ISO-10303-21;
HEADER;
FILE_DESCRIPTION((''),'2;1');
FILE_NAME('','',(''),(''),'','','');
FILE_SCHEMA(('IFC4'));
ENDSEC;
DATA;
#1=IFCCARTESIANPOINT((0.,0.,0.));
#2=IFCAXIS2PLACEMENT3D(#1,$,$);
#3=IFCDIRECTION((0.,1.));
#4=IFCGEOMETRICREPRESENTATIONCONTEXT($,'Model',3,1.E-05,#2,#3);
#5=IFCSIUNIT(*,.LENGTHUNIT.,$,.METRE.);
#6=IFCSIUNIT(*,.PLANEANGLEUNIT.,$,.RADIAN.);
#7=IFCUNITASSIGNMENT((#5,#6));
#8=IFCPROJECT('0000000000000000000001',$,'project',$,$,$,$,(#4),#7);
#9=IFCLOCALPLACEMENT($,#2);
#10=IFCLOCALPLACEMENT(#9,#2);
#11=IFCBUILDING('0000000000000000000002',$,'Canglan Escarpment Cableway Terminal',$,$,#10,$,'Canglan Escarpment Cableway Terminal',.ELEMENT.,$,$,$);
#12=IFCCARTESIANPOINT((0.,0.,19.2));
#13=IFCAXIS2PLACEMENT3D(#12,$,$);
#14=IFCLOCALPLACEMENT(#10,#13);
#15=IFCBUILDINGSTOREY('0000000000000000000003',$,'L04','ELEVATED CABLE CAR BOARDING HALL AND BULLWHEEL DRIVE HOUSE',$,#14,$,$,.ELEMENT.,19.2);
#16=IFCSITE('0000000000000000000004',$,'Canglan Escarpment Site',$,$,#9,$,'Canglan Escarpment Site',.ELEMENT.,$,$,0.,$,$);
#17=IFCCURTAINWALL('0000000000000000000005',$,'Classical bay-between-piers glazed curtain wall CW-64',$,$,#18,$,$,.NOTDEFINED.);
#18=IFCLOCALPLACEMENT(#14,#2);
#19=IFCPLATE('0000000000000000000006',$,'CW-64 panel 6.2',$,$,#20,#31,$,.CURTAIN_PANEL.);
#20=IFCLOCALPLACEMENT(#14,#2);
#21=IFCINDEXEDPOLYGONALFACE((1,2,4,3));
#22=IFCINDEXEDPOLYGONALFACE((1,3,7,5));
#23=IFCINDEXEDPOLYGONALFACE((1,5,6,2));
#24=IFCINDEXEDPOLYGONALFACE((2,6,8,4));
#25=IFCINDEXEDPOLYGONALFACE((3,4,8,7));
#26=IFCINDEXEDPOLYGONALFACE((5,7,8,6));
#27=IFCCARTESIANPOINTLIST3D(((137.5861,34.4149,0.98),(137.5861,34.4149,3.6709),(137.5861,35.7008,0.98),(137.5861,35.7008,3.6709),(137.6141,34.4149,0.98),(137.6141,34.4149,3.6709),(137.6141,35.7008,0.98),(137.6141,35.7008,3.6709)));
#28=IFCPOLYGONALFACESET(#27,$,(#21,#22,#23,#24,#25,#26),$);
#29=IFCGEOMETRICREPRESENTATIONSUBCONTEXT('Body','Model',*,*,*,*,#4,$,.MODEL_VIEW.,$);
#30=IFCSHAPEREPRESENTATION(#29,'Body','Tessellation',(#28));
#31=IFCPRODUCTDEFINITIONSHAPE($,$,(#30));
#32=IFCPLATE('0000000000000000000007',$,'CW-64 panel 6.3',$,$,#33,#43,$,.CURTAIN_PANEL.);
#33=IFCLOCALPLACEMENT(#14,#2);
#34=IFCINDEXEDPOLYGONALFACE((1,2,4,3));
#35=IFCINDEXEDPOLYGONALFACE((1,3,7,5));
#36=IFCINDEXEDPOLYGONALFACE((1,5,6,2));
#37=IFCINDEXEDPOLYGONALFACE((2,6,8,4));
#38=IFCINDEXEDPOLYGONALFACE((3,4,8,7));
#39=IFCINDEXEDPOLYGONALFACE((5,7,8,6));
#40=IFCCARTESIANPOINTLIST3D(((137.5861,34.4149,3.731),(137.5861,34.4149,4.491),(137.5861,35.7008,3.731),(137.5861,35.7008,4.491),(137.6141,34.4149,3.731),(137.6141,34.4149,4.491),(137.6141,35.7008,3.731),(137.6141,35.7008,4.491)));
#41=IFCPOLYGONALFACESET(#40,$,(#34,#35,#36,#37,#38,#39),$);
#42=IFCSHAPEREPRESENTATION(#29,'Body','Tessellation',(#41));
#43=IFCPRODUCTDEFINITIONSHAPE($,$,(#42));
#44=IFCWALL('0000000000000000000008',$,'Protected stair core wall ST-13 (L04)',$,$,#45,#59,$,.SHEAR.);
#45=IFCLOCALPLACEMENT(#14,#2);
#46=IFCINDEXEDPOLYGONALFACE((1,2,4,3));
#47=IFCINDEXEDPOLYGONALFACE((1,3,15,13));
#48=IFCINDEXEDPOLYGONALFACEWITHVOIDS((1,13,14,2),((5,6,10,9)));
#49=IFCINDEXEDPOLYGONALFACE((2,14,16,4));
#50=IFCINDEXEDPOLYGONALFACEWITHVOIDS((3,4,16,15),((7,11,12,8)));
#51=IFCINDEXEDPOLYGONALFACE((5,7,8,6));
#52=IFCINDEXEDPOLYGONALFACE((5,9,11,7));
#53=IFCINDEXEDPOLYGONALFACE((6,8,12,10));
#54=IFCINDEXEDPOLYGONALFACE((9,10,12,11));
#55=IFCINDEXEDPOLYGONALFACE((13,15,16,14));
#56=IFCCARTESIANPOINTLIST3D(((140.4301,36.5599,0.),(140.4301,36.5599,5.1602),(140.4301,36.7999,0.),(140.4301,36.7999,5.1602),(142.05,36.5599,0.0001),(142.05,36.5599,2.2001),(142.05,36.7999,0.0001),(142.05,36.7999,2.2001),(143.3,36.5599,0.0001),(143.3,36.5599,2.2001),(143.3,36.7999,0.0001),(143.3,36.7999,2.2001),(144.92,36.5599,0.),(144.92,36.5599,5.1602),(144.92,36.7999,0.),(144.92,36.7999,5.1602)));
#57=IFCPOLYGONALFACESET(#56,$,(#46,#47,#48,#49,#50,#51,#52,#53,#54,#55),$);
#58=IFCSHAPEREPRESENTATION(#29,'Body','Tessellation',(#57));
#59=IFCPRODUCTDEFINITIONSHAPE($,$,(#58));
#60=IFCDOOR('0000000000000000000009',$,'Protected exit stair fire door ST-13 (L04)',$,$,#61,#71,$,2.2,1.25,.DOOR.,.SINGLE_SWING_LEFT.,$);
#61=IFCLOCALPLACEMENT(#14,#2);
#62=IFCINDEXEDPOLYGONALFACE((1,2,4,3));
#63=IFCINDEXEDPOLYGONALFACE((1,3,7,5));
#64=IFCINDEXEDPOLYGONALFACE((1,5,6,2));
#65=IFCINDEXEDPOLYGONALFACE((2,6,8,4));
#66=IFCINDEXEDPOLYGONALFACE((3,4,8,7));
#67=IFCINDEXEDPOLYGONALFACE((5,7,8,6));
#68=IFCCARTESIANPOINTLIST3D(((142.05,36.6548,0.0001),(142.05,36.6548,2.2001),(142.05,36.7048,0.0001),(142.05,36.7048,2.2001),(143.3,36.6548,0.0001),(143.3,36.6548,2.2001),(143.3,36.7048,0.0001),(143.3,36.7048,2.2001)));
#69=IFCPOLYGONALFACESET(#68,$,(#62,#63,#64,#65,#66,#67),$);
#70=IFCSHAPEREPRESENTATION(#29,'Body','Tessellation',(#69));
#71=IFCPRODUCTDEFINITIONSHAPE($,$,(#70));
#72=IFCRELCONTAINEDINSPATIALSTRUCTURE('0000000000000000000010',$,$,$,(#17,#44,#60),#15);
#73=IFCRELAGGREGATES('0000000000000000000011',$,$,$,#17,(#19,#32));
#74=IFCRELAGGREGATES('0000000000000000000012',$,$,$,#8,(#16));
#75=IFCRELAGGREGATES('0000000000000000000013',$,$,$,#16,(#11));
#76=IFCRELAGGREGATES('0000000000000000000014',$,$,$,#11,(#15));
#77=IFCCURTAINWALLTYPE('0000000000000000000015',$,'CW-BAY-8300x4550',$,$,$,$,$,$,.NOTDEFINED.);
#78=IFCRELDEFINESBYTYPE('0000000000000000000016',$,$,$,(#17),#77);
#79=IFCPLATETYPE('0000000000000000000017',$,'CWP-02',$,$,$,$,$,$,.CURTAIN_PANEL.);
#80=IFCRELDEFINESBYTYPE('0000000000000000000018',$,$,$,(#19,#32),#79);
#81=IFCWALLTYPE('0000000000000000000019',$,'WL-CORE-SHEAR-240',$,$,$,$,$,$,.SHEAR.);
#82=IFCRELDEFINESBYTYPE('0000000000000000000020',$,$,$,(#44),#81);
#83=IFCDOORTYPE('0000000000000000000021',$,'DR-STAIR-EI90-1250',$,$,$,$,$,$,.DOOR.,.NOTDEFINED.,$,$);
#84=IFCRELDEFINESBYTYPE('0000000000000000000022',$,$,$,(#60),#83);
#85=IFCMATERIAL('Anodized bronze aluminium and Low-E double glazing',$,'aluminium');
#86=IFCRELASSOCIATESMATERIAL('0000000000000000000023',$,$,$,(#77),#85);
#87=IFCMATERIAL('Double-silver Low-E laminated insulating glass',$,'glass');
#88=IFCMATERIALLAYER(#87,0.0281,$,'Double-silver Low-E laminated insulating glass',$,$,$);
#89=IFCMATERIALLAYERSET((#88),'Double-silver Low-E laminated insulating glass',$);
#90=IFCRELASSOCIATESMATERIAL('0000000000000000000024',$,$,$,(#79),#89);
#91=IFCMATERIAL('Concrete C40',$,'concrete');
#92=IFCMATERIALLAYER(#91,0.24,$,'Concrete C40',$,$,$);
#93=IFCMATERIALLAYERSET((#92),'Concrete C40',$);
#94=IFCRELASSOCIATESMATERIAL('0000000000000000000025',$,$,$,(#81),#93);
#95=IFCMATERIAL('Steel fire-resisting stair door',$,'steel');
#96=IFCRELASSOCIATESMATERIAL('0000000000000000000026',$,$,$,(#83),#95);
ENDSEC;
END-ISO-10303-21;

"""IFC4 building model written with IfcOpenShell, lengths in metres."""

from ifc_helpers import new_model, si_unit, direction, frame, frame_2d, origin, origin_2d, place, context, subcontext, project, spatial, rectangle, extrude, material, layer, layer_set, type_object, element, fill, aggregate, save


model = new_model("IFC4")

# Units and contexts
model_context = context("Model", 3, precision=1e-05, world=origin(), true_north=direction((0.0, 1.0)))
body_context = subcontext(model_context, "Body", "Model", "MODEL_VIEW")
ifc_project = project(units=[si_unit("LENGTHUNIT", "METRE"), si_unit("PLANEANGLEUNIT", "RADIAN")], contexts=[model_context])

# Site, building, storey
site_placement = place(None, origin())
site = spatial("IfcSite", under=ifc_project, at=site_placement, Name="Canglan Escarpment Site", LongName="Canglan Escarpment Site", CompositionType="ELEMENT", RefElevation=0.0)
building_placement = place(site_placement, origin())
building = spatial("IfcBuilding", under=site, at=building_placement, Name="Canglan Escarpment Cableway Terminal", LongName="Canglan Escarpment Cableway Terminal", CompositionType="ELEMENT")
storey_placement = place(building_placement, frame((0.0, 0.0, 19.2)))
storey = spatial("IfcBuildingStorey", under=building, at=storey_placement, Name="L04", Description="ELEVATED CABLE CAR BOARDING HALL AND BULLWHEEL DRIVE HOUSE", CompositionType="ELEMENT", Elevation=19.2)

# Shared definitions
ifc_material_1 = material(Name="Anodized bronze aluminium and Low-E double glazing", Category="aluminium")

# Curtain wall
curtain_wall_type_1 = type_object("IfcCurtainWallType", Name="CW-BAY-8300x4550", PredefinedType="NOTDEFINED", material=ifc_material_1)
curtain_wall_1_placement = place(storey_placement, origin())
curtain_wall_1 = element("IfcCurtainWall", 1, at=curtain_wall_1_placement, inside=storey, type_object=curtain_wall_type_1, Name="Classical bay-between-piers glazed curtain wall CW-64", PredefinedType="NOTDEFINED")

# Plates
ifc_material_2 = material(Name="Double-silver Low-E laminated insulating glass", Category="glass")
ifc_layer_1 = layer(ifc_material_2, 0.0281, Name="Double-silver Low-E laminated insulating glass")
ifc_layer_set_1 = layer_set([ifc_layer_1], Name="Double-silver Low-E laminated insulating glass")
plate_type = type_object("IfcPlateType", Name="CWP-02", PredefinedType="CURTAIN_PANEL", material=ifc_layer_set_1)
plate_1_placement = place(storey_placement, frame((137.6001, 35.0579, 0.98), z_axis=(0.0, 0.0, 1.0), x_axis=(0.0, -1.0, 0.0)))
plate_1 = element("IfcPlate", 2, at=plate_1_placement, type_object=plate_type, Name="CW-64 panel 6.2", PredefinedType="CURTAIN_PANEL", context=body_context, shape_type="SweptSolid", body=[
    extrude(rectangle(XDim=1.2859, YDim=0.0281, at=origin_2d()), origin(), (0.0, 0.0, 1.0), 2.6909),
])
plate_2_placement = place(storey_placement, frame((137.6001, 35.0579, 3.731), z_axis=(0.0, 0.0, 1.0), x_axis=(0.0, -1.0, 0.0)))
plate_2 = element("IfcPlate", 3, at=plate_2_placement, type_object=plate_type, Name="CW-64 panel 6.3", PredefinedType="CURTAIN_PANEL", context=body_context, shape_type="SweptSolid", body=[
    extrude(rectangle(XDim=1.2859, YDim=0.0281, at=origin_2d()), origin(), (0.0, 0.0, 1.0), 0.76),
])
aggregate(curtain_wall_1, [plate_1, plate_2])

# Wall, opening, door
ifc_material_3 = material(Name="Concrete C40", Category="concrete")
ifc_layer_2 = layer(ifc_material_3, 0.24, Name="Concrete C40")
ifc_layer_set_2 = layer_set([ifc_layer_2], Name="Concrete C40")
wall_type = type_object("IfcWallType", Name="WL-CORE-SHEAR-240", PredefinedType="SHEAR", material=ifc_layer_set_2)
wall_placement = place(storey_placement, frame((140.4299, 36.6799, 0.0), z_axis=(0.0, 0.0, 1.0), x_axis=(1.0, 0.0, 0.0)))
wall = element("IfcWall", 4, at=wall_placement, inside=storey, type_object=wall_type, Name="Protected stair core wall ST-13 (L04)", PredefinedType="SHEAR", context=body_context, shape_type="SweptSolid", body=[
    extrude(rectangle(XDim=4.49, YDim=0.24, at=frame_2d((2.2451, 0.0))), origin(), (0.0, 0.0, 1.0), 5.1602),
])
opening_placement = place(wall_placement, frame((1.6201, 0.0, 0.0)))
opening = element("IfcOpeningElement", 5, at=opening_placement, cuts=wall, PredefinedType="OPENING", context=body_context, shape_type="SweptSolid", body=[
    extrude(rectangle(XDim=1.25, YDim=2.2, at=frame_2d((0.625, 1.1001))), frame((0.0, 0.1299, 0.0), z_axis=(0.0, -1.0, 0.0), x_axis=(1.0, 0.0, 0.0)), (0.0, 0.0, 1.0), 0.26),
])
ifc_material_4 = material(Name="Steel fire-resisting stair door", Category="steel")
door_type = type_object("IfcDoorType", Name="DR-STAIR-EI90-1250", OperationType="NOTDEFINED", PredefinedType="DOOR", material=ifc_material_4)
door_placement = place(opening_placement, origin())
door = element("IfcDoor", 6, at=door_placement, inside=storey, type_object=door_type, Name="Protected exit stair fire door ST-13 (L04)", OperationType="SINGLE_SWING_LEFT", OverallHeight=2.2, OverallWidth=1.25, PredefinedType="DOOR", context=body_context, shape_type="SweptSolid", body=[
    extrude(rectangle(XDim=1.25, YDim=2.2, at=frame_2d((0.625, 1.1001))), frame((0.0, 0.0249, 0.0), z_axis=(0.0, -1.0, 0.0), x_axis=(1.0, 0.0, 0.0)), (0.0, 0.0, 1.0), 0.05),
])
fill(opening, door)

save(model, "model.ifc")
